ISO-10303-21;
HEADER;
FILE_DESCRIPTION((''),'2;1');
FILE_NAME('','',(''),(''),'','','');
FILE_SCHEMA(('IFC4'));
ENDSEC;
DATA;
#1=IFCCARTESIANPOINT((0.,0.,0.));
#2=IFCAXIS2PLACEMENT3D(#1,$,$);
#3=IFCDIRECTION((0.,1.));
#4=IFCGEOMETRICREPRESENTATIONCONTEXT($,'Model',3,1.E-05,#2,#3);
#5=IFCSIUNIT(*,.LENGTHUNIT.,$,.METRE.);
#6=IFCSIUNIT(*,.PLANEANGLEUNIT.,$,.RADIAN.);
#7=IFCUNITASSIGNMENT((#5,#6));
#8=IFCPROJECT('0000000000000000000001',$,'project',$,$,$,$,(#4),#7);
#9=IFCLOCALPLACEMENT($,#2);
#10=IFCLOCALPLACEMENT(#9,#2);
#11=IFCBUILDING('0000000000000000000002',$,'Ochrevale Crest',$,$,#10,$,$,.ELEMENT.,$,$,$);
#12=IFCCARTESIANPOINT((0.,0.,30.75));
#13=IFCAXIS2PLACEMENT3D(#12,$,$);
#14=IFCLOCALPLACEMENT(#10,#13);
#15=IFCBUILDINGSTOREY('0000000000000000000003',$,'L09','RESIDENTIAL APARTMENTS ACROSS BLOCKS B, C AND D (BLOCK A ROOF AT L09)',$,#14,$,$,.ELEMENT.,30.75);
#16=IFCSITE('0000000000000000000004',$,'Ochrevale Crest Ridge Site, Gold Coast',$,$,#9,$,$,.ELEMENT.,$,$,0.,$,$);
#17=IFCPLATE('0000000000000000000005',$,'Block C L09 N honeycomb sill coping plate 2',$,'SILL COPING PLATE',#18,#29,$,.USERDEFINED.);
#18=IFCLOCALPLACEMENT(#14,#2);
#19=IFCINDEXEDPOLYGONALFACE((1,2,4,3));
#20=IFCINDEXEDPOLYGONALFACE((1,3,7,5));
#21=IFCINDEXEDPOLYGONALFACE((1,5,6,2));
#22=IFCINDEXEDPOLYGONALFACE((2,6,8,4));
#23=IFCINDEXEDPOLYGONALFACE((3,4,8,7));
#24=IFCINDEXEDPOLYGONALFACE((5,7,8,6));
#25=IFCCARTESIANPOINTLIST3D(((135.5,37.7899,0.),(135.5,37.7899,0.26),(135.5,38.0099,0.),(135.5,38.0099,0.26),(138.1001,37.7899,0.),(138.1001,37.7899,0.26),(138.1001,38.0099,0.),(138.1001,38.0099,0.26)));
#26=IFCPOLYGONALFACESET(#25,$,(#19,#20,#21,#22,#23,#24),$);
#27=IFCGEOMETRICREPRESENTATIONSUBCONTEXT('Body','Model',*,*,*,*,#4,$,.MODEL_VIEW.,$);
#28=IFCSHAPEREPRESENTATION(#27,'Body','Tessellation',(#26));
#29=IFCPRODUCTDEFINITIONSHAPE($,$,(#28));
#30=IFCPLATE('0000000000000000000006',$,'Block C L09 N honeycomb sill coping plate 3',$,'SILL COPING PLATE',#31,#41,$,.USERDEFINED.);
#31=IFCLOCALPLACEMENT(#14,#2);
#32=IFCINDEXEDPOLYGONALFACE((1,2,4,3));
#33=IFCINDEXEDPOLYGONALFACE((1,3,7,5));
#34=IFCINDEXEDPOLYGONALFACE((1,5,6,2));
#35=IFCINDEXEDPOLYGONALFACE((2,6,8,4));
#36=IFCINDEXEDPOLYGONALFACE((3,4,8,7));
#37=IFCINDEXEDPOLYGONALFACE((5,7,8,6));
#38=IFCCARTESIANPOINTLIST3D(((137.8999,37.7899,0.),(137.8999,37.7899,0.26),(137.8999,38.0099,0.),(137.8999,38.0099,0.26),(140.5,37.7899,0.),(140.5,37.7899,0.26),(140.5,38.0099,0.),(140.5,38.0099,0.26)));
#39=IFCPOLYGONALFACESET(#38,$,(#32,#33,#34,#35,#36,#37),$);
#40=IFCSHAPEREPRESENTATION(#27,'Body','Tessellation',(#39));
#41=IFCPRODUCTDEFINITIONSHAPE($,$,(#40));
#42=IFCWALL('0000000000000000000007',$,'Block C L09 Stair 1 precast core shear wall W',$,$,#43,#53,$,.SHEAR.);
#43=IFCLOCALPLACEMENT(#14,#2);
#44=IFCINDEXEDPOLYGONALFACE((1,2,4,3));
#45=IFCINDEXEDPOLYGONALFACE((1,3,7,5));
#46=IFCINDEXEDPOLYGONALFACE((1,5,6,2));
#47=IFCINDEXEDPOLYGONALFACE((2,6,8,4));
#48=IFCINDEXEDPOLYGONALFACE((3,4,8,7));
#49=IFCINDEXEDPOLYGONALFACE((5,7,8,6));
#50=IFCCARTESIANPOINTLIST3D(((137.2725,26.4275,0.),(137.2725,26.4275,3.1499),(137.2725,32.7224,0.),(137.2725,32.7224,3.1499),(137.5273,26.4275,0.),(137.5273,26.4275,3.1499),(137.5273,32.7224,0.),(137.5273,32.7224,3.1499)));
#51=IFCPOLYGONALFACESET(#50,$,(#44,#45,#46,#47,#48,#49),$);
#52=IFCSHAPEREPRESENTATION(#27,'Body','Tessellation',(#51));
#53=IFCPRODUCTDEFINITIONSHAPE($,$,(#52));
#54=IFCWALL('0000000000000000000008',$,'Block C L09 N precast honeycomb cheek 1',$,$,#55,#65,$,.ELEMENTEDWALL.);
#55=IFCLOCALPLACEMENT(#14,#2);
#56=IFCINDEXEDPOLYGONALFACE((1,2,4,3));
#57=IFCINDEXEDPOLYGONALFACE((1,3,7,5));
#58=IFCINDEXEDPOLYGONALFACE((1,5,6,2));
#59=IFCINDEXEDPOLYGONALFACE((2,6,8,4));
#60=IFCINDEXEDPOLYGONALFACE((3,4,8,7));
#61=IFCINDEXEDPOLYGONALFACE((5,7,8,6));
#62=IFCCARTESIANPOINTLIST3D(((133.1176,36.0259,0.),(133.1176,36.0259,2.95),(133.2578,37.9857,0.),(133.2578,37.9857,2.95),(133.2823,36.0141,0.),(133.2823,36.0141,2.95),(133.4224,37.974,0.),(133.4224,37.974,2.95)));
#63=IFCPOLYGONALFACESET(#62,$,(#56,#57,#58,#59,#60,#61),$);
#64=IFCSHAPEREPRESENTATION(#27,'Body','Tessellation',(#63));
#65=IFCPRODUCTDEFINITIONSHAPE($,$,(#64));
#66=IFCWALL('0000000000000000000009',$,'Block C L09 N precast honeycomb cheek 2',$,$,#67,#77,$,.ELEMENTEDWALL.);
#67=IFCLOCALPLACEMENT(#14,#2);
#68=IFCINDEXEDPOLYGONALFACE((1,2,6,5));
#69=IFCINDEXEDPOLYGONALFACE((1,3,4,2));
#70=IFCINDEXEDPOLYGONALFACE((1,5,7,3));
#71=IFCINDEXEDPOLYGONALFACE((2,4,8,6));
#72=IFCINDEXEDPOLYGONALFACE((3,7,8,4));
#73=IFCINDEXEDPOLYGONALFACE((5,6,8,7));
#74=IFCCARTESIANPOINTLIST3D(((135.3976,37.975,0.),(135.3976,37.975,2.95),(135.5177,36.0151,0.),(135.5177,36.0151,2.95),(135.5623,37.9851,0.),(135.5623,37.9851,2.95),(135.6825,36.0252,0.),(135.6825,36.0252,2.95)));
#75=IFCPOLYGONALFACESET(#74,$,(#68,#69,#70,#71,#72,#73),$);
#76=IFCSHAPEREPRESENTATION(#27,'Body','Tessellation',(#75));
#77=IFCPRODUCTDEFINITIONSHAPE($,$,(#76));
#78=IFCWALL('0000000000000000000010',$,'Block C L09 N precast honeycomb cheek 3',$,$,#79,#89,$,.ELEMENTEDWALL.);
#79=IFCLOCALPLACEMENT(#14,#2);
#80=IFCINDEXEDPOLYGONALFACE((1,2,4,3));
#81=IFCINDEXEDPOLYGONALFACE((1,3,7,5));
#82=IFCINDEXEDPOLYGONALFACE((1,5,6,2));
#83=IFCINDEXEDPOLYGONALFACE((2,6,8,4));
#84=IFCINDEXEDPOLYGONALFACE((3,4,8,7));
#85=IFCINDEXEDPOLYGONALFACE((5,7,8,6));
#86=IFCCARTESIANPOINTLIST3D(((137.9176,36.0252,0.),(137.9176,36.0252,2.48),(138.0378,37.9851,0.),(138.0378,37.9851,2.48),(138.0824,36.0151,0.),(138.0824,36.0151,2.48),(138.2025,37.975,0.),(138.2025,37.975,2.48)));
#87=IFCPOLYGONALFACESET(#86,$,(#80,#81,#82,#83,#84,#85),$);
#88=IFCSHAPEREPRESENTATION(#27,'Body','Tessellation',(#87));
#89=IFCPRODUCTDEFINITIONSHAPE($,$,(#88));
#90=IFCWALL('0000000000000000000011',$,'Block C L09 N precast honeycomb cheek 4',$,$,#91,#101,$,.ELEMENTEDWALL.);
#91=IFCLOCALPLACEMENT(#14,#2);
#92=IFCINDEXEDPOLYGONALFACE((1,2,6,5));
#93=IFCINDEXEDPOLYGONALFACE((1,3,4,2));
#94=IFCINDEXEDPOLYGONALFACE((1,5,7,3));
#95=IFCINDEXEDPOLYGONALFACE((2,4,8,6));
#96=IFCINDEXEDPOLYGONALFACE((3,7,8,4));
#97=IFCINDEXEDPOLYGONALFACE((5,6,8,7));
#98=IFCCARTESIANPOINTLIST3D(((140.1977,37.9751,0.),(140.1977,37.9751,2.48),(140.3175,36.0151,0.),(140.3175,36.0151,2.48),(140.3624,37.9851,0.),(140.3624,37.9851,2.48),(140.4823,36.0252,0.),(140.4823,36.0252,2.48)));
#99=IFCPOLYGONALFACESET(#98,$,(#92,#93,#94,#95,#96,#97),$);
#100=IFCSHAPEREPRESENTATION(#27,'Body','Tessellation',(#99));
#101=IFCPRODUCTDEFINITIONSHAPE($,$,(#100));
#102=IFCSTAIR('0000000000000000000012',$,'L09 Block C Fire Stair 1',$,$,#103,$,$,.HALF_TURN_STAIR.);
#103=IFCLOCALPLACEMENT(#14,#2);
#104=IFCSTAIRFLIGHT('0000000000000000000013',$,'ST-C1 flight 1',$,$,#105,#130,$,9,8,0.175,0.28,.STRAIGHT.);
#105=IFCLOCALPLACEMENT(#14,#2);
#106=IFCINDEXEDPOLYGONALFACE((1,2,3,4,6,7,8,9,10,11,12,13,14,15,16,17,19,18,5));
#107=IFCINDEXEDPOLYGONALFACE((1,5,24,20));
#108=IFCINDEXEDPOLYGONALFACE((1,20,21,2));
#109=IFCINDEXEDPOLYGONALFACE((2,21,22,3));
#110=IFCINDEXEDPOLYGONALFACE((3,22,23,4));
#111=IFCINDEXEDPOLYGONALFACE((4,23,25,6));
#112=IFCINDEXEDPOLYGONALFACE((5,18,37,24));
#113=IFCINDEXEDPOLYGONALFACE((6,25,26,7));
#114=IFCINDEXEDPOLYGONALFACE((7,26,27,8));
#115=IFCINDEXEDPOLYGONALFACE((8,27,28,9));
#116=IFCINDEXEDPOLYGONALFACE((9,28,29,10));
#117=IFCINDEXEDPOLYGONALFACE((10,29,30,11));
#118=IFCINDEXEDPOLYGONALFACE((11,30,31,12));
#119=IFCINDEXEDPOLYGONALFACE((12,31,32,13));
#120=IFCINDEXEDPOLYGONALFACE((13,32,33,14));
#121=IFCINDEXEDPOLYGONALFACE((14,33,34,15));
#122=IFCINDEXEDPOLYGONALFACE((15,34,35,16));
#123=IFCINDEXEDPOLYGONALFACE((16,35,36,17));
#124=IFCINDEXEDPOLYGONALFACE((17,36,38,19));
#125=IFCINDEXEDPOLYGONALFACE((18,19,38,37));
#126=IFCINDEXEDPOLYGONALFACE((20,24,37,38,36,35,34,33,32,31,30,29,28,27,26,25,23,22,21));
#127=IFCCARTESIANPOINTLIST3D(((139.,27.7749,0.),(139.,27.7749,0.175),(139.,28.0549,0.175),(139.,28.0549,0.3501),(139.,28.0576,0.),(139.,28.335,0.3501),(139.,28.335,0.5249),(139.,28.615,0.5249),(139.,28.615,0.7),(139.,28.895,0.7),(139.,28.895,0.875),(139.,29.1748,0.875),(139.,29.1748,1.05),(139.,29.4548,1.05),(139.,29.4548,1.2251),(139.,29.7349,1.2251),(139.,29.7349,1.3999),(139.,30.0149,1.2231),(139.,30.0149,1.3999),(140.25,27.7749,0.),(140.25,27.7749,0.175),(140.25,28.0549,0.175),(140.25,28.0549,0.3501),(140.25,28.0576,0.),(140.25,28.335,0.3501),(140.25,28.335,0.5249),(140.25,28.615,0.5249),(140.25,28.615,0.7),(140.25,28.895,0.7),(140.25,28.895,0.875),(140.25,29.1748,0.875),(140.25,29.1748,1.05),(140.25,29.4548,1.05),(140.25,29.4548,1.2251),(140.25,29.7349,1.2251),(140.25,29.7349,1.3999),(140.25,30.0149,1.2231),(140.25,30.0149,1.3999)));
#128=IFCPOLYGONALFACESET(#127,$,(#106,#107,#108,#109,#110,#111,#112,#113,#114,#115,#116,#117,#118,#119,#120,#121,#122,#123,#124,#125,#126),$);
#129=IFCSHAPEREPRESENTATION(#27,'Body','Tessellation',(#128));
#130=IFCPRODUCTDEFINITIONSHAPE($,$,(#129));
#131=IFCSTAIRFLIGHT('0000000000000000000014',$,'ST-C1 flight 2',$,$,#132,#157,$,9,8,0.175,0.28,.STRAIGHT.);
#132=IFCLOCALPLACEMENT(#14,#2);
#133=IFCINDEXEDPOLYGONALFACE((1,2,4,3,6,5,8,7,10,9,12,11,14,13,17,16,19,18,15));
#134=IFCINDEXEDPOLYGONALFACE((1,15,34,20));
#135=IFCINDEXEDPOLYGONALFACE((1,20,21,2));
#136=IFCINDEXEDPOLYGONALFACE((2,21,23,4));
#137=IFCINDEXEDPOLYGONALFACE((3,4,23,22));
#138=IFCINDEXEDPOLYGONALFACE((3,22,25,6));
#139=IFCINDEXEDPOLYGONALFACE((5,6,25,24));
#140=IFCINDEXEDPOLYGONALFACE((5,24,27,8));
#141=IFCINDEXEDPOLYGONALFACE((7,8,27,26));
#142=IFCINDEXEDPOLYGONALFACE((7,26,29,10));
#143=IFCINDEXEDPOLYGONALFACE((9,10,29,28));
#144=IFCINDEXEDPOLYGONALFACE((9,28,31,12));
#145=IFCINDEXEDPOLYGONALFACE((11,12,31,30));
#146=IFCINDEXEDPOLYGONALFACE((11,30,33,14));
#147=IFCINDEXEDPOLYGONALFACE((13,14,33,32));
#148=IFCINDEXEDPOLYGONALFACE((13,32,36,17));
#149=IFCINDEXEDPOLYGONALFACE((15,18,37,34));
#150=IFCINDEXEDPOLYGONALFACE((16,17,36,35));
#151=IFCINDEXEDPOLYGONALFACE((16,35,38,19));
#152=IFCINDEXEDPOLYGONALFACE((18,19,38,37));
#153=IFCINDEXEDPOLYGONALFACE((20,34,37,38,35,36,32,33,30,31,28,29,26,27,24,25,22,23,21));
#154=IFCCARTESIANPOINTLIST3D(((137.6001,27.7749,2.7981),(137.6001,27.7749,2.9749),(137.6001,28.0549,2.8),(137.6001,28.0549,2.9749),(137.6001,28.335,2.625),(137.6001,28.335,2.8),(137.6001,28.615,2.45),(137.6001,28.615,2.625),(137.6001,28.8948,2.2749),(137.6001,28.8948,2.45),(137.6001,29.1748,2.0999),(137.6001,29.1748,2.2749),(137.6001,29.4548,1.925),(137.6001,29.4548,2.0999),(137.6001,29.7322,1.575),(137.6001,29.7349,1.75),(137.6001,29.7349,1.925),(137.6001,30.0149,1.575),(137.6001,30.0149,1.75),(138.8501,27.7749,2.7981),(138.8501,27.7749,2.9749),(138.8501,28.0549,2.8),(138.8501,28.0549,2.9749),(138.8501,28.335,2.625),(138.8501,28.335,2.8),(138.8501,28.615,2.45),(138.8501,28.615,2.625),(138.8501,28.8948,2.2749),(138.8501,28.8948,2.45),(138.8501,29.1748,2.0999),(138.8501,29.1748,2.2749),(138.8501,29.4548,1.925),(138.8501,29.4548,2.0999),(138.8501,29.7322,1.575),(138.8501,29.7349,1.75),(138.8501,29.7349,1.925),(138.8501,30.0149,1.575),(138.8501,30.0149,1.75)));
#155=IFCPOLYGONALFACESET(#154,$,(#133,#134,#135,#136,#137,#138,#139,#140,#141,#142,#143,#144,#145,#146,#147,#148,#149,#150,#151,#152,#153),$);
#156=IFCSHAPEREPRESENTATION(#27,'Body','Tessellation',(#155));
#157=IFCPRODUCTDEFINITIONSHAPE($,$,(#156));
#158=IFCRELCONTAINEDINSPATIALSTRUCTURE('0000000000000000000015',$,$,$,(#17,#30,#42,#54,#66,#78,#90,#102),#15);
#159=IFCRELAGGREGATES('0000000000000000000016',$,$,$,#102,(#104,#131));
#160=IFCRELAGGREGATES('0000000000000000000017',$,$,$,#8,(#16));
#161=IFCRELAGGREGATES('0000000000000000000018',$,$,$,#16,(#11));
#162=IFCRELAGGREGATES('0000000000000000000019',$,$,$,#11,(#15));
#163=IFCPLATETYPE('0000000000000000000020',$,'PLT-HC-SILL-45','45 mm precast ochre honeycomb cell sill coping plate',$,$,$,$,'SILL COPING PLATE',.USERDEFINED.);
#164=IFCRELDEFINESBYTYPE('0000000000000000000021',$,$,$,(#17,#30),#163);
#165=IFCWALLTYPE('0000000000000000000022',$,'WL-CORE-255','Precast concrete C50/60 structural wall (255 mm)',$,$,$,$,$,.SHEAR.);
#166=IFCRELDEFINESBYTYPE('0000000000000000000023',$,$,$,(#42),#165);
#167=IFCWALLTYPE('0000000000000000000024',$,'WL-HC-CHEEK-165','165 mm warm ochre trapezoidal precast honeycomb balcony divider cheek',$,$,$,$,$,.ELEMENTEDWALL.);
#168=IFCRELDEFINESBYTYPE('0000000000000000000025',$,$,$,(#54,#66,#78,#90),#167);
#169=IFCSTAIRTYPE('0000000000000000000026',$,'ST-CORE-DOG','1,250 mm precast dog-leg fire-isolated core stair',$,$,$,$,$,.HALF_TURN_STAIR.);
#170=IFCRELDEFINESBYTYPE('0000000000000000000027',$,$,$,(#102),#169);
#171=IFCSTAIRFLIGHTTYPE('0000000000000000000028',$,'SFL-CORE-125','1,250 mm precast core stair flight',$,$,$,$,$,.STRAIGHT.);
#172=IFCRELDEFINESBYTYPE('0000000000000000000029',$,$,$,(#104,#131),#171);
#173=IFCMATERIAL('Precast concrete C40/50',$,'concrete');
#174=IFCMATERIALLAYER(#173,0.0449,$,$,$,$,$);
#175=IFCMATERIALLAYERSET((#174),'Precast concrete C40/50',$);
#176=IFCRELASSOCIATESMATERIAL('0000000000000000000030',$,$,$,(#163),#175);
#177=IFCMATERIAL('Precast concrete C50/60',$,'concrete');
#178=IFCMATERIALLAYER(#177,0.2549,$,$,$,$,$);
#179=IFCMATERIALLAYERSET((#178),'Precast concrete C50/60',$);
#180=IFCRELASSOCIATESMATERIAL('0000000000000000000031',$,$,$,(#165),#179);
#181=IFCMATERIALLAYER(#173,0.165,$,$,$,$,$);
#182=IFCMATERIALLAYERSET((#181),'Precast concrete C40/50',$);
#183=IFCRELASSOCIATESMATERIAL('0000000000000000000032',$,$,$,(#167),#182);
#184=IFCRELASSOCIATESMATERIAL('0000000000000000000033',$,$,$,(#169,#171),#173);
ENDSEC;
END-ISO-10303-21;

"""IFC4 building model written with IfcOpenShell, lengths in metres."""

from ifc_helpers import new_model, si_unit, direction, frame, frame_2d, origin, origin_2d, place, context, subcontext, project, spatial, polyline, rectangle, outline, extrude, material, layer, layer_set, type_object, element, aggregate, save


model = new_model("IFC4")

# Units and contexts
model_context = context("Model", 3, precision=1e-05, world=origin(), true_north=direction((0.0, 1.0)))
body_context = subcontext(model_context, "Body", "Model", "MODEL_VIEW")
ifc_project = project(units=[si_unit("LENGTHUNIT", "METRE"), si_unit("PLANEANGLEUNIT", "RADIAN")], contexts=[model_context])

# Site, building, storey
site_placement = place(None, origin())
site = spatial("IfcSite", under=ifc_project, at=site_placement, Name="Ochrevale Crest Ridge Site, Gold Coast", CompositionType="ELEMENT", RefElevation=0.0)
building_placement = place(site_placement, origin())
building = spatial("IfcBuilding", under=site, at=building_placement, Name="Ochrevale Crest", CompositionType="ELEMENT")
storey_placement = place(building_placement, frame((0.0, 0.0, 30.75)))
storey = spatial("IfcBuildingStorey", under=building, at=storey_placement, Name="L09", Description="RESIDENTIAL APARTMENTS ACROSS BLOCKS B, C AND D (BLOCK A ROOF AT L09)", CompositionType="ELEMENT", Elevation=30.75)

# Shared definitions
ifc_material_1 = material(Name="Precast concrete C40/50", Category="concrete")
ifc_material_2 = material(Name="Precast concrete C50/60", Category="concrete")

# Plates
ifc_layer_1 = layer(ifc_material_1, 0.0449)
ifc_layer_set_1 = layer_set([ifc_layer_1], Name="Precast concrete C40/50")
plate_type_1 = type_object("IfcPlateType", Name="PLT-HC-SILL-45", Description="45 mm precast ochre honeycomb cell sill coping plate", ElementType="SILL COPING PLATE", PredefinedType="USERDEFINED", material=ifc_layer_set_1)
for number, where, z_axis, x_axis, name in (
    (1, (136.8, 37.8999, 0.0), (0.0, 0.0, 1.0), (1.0, 0.0, 0.0), "Block C L09 N honeycomb sill coping plate 2"),
    (2, (139.2, 37.8999, 0.0), (0.0, 0.0, 1.0), (1.0, 0.0, 0.0), "Block C L09 N honeycomb sill coping plate 3"),
):
    element("IfcPlate", number, at=place(storey_placement, frame(where, z_axis=z_axis, x_axis=x_axis)), inside=storey, type_object=plate_type_1, Name=name, ObjectType="SILL COPING PLATE", PredefinedType="USERDEFINED", context=body_context, shape_type="SweptSolid", body=[
        extrude(rectangle(XDim=2.6001, YDim=0.22, at=origin_2d()), origin(), (0.0, 0.0, 1.0), 0.26),
    ])

# Shared definitions
ifc_layer_2 = layer(ifc_material_2, 0.2549)
ifc_layer_set_2 = layer_set([ifc_layer_2], Name="Precast concrete C50/60")
wall_type_1 = type_object("IfcWallType", Name="WL-CORE-255", Description="Precast concrete C50/60 structural wall (255 mm)", PredefinedType="SHEAR", material=ifc_layer_set_2)

# Walls
wall_1_placement = place(storey_placement, frame((137.3999, 26.4275, 0.0), z_axis=(0.0, 0.0, 1.0), x_axis=(0.0, 1.0, 0.0)))
element("IfcWall", 3, at=wall_1_placement, inside=storey, type_object=wall_type_1, Name="Block C L09 Stair 1 precast core shear wall W", PredefinedType="SHEAR", context=body_context, shape_type="SweptSolid", body=[
    extrude(rectangle(XDim=6.2949, YDim=0.2549, at=frame_2d((3.1475, 0.0))), origin(), (0.0, 0.0, 1.0), 3.1499),
])
ifc_layer_3 = layer(ifc_material_1, 0.165)
ifc_layer_set_3 = layer_set([ifc_layer_3], Name="Precast concrete C40/50")
wall_type_2 = type_object("IfcWallType", Name="WL-HC-CHEEK-165", Description="165 mm warm ochre trapezoidal precast honeycomb balcony divider cheek", PredefinedType="ELEMENTEDWALL", material=ifc_layer_set_3)
wall_2_placement = place(storey_placement, frame((133.2, 36.02, 0.0), z_axis=(0.0, 0.0, 1.0), x_axis=(0.071318, 0.997454, 0.0)))
element("IfcWall", 4, at=wall_2_placement, inside=storey, type_object=wall_type_2, Name="Block C L09 N precast honeycomb cheek 1", PredefinedType="ELEMENTEDWALL", context=body_context, shape_type="SweptSolid", body=[
    extrude(rectangle(XDim=1.9648, YDim=0.165, at=frame_2d((0.9824, 0.0))), origin(), (0.0, 0.0, 1.0), 2.95),
])
wall_3_placement = place(storey_placement, frame((135.6001, 36.02, 0.0), z_axis=(0.0, 0.0, 1.0), x_axis=(-0.061171, 0.998127, 0.0)))
element("IfcWall", 5, at=wall_3_placement, inside=storey, type_object=wall_type_2, Name="Block C L09 N precast honeycomb cheek 2", PredefinedType="ELEMENTEDWALL", context=body_context, shape_type="SweptSolid", body=[
    extrude(rectangle(XDim=1.9636, YDim=0.165, at=frame_2d((0.9819, 0.0))), origin(), (0.0, 0.0, 1.0), 2.95),
])
for number, where, z_axis, x_axis, name in (
    (6, (138.0, 36.02, 0.0), (0.0, 0.0, 1.0), (0.061171, 0.998127, 0.0), "Block C L09 N precast honeycomb cheek 3"),
    (7, (140.3999, 36.02, 0.0), (0.0, 0.0, 1.0), (-0.061047, 0.998135, 0.0), "Block C L09 N precast honeycomb cheek 4"),
):
    element("IfcWall", number, at=place(storey_placement, frame(where, z_axis=z_axis, x_axis=x_axis)), inside=storey, type_object=wall_type_2, Name=name, PredefinedType="ELEMENTEDWALL", context=body_context, shape_type="SweptSolid", body=[
        extrude(rectangle(XDim=1.9636, YDim=0.165, at=frame_2d((0.9819, 0.0))), origin(), (0.0, 0.0, 1.0), 2.48),
    ])

# Stair, stair flights
stair_type = type_object("IfcStairType", Name="ST-CORE-DOG", Description="1,250 mm precast dog-leg fire-isolated core stair", PredefinedType="HALF_TURN_STAIR", material=ifc_material_1)
stair_placement = place(storey_placement, origin())
stair = element("IfcStair", 8, at=stair_placement, inside=storey, type_object=stair_type, Name="L09 Block C Fire Stair 1", PredefinedType="HALF_TURN_STAIR")
stair_flight_type = type_object("IfcStairFlightType", Name="SFL-CORE-125", Description="1,250 mm precast core stair flight", PredefinedType="STRAIGHT", material=ifc_material_1)
stair_flight_1_placement = place(storey_placement, frame((139.625, 27.7749, 0.0), z_axis=(0.0, 0.0, 1.0), x_axis=(0.0, 1.0, 0.0)))
stair_flight_1 = element("IfcStairFlight", 9, at=stair_flight_1_placement, type_object=stair_flight_type, Name="ST-C1 flight 1", NumberOfRisers=9, NumberOfTreads=8, PredefinedType="STRAIGHT", RiserHeight=0.175, TreadLength=0.28, context=body_context, shape_type="SweptSolid", body=[
    extrude(outline(polyline([(0.0, 0.0), (0.0, 0.175), (0.28, 0.175), (0.28, 0.3501), (0.5601, 0.3501), (0.5601, 0.5249), (0.8401, 0.5249), (0.8401, 0.7), (1.1201, 0.7), (1.1201, 0.875), (1.3999, 0.875), (1.3999, 1.05), (1.6799, 1.05), (1.6799, 1.2251), (1.96, 1.2251), (1.96, 1.3999), (2.24, 1.3999), (2.24, 1.575), (2.24, 1.2231), (0.2827, 0.0), (0.0, 0.0)])), frame((0.0, 0.625, 0.0), z_axis=(0.0, -1.0, 0.0), x_axis=(1.0, 0.0, 0.0)), (0.0, 0.0, 1.0), 1.25),
])
stair_flight_2_placement = place(storey_placement, frame((138.2251, 30.0149, 1.575), z_axis=(0.0, 0.0, 1.0), x_axis=(0.0, -1.0, 0.0)))
stair_flight_2 = element("IfcStairFlight", 10, at=stair_flight_2_placement, type_object=stair_flight_type, Name="ST-C1 flight 2", NumberOfRisers=9, NumberOfTreads=8, PredefinedType="STRAIGHT", RiserHeight=0.175, TreadLength=0.28, context=body_context, shape_type="SweptSolid", body=[
    extrude(outline(polyline([(0.0, 0.0), (0.0, 0.175), (0.28, 0.175), (0.28, 0.3501), (0.5601, 0.3501), (0.5601, 0.5249), (0.8401, 0.5249), (0.8401, 0.7), (1.1201, 0.7), (1.1201, 0.875), (1.3999, 0.875), (1.3999, 1.05), (1.6799, 1.05), (1.6799, 1.2251), (1.96, 1.2251), (1.96, 1.3999), (2.24, 1.3999), (2.24, 1.575), (2.24, 1.2231), (0.2827, 0.0), (0.0, 0.0)])), frame((0.0, 0.625, 0.0), z_axis=(0.0, -1.0, 0.0), x_axis=(1.0, 0.0, 0.0)), (0.0, 0.0, 1.0), 1.25),
])
aggregate(stair, [stair_flight_1, stair_flight_2])

save(model, "model.ifc")
